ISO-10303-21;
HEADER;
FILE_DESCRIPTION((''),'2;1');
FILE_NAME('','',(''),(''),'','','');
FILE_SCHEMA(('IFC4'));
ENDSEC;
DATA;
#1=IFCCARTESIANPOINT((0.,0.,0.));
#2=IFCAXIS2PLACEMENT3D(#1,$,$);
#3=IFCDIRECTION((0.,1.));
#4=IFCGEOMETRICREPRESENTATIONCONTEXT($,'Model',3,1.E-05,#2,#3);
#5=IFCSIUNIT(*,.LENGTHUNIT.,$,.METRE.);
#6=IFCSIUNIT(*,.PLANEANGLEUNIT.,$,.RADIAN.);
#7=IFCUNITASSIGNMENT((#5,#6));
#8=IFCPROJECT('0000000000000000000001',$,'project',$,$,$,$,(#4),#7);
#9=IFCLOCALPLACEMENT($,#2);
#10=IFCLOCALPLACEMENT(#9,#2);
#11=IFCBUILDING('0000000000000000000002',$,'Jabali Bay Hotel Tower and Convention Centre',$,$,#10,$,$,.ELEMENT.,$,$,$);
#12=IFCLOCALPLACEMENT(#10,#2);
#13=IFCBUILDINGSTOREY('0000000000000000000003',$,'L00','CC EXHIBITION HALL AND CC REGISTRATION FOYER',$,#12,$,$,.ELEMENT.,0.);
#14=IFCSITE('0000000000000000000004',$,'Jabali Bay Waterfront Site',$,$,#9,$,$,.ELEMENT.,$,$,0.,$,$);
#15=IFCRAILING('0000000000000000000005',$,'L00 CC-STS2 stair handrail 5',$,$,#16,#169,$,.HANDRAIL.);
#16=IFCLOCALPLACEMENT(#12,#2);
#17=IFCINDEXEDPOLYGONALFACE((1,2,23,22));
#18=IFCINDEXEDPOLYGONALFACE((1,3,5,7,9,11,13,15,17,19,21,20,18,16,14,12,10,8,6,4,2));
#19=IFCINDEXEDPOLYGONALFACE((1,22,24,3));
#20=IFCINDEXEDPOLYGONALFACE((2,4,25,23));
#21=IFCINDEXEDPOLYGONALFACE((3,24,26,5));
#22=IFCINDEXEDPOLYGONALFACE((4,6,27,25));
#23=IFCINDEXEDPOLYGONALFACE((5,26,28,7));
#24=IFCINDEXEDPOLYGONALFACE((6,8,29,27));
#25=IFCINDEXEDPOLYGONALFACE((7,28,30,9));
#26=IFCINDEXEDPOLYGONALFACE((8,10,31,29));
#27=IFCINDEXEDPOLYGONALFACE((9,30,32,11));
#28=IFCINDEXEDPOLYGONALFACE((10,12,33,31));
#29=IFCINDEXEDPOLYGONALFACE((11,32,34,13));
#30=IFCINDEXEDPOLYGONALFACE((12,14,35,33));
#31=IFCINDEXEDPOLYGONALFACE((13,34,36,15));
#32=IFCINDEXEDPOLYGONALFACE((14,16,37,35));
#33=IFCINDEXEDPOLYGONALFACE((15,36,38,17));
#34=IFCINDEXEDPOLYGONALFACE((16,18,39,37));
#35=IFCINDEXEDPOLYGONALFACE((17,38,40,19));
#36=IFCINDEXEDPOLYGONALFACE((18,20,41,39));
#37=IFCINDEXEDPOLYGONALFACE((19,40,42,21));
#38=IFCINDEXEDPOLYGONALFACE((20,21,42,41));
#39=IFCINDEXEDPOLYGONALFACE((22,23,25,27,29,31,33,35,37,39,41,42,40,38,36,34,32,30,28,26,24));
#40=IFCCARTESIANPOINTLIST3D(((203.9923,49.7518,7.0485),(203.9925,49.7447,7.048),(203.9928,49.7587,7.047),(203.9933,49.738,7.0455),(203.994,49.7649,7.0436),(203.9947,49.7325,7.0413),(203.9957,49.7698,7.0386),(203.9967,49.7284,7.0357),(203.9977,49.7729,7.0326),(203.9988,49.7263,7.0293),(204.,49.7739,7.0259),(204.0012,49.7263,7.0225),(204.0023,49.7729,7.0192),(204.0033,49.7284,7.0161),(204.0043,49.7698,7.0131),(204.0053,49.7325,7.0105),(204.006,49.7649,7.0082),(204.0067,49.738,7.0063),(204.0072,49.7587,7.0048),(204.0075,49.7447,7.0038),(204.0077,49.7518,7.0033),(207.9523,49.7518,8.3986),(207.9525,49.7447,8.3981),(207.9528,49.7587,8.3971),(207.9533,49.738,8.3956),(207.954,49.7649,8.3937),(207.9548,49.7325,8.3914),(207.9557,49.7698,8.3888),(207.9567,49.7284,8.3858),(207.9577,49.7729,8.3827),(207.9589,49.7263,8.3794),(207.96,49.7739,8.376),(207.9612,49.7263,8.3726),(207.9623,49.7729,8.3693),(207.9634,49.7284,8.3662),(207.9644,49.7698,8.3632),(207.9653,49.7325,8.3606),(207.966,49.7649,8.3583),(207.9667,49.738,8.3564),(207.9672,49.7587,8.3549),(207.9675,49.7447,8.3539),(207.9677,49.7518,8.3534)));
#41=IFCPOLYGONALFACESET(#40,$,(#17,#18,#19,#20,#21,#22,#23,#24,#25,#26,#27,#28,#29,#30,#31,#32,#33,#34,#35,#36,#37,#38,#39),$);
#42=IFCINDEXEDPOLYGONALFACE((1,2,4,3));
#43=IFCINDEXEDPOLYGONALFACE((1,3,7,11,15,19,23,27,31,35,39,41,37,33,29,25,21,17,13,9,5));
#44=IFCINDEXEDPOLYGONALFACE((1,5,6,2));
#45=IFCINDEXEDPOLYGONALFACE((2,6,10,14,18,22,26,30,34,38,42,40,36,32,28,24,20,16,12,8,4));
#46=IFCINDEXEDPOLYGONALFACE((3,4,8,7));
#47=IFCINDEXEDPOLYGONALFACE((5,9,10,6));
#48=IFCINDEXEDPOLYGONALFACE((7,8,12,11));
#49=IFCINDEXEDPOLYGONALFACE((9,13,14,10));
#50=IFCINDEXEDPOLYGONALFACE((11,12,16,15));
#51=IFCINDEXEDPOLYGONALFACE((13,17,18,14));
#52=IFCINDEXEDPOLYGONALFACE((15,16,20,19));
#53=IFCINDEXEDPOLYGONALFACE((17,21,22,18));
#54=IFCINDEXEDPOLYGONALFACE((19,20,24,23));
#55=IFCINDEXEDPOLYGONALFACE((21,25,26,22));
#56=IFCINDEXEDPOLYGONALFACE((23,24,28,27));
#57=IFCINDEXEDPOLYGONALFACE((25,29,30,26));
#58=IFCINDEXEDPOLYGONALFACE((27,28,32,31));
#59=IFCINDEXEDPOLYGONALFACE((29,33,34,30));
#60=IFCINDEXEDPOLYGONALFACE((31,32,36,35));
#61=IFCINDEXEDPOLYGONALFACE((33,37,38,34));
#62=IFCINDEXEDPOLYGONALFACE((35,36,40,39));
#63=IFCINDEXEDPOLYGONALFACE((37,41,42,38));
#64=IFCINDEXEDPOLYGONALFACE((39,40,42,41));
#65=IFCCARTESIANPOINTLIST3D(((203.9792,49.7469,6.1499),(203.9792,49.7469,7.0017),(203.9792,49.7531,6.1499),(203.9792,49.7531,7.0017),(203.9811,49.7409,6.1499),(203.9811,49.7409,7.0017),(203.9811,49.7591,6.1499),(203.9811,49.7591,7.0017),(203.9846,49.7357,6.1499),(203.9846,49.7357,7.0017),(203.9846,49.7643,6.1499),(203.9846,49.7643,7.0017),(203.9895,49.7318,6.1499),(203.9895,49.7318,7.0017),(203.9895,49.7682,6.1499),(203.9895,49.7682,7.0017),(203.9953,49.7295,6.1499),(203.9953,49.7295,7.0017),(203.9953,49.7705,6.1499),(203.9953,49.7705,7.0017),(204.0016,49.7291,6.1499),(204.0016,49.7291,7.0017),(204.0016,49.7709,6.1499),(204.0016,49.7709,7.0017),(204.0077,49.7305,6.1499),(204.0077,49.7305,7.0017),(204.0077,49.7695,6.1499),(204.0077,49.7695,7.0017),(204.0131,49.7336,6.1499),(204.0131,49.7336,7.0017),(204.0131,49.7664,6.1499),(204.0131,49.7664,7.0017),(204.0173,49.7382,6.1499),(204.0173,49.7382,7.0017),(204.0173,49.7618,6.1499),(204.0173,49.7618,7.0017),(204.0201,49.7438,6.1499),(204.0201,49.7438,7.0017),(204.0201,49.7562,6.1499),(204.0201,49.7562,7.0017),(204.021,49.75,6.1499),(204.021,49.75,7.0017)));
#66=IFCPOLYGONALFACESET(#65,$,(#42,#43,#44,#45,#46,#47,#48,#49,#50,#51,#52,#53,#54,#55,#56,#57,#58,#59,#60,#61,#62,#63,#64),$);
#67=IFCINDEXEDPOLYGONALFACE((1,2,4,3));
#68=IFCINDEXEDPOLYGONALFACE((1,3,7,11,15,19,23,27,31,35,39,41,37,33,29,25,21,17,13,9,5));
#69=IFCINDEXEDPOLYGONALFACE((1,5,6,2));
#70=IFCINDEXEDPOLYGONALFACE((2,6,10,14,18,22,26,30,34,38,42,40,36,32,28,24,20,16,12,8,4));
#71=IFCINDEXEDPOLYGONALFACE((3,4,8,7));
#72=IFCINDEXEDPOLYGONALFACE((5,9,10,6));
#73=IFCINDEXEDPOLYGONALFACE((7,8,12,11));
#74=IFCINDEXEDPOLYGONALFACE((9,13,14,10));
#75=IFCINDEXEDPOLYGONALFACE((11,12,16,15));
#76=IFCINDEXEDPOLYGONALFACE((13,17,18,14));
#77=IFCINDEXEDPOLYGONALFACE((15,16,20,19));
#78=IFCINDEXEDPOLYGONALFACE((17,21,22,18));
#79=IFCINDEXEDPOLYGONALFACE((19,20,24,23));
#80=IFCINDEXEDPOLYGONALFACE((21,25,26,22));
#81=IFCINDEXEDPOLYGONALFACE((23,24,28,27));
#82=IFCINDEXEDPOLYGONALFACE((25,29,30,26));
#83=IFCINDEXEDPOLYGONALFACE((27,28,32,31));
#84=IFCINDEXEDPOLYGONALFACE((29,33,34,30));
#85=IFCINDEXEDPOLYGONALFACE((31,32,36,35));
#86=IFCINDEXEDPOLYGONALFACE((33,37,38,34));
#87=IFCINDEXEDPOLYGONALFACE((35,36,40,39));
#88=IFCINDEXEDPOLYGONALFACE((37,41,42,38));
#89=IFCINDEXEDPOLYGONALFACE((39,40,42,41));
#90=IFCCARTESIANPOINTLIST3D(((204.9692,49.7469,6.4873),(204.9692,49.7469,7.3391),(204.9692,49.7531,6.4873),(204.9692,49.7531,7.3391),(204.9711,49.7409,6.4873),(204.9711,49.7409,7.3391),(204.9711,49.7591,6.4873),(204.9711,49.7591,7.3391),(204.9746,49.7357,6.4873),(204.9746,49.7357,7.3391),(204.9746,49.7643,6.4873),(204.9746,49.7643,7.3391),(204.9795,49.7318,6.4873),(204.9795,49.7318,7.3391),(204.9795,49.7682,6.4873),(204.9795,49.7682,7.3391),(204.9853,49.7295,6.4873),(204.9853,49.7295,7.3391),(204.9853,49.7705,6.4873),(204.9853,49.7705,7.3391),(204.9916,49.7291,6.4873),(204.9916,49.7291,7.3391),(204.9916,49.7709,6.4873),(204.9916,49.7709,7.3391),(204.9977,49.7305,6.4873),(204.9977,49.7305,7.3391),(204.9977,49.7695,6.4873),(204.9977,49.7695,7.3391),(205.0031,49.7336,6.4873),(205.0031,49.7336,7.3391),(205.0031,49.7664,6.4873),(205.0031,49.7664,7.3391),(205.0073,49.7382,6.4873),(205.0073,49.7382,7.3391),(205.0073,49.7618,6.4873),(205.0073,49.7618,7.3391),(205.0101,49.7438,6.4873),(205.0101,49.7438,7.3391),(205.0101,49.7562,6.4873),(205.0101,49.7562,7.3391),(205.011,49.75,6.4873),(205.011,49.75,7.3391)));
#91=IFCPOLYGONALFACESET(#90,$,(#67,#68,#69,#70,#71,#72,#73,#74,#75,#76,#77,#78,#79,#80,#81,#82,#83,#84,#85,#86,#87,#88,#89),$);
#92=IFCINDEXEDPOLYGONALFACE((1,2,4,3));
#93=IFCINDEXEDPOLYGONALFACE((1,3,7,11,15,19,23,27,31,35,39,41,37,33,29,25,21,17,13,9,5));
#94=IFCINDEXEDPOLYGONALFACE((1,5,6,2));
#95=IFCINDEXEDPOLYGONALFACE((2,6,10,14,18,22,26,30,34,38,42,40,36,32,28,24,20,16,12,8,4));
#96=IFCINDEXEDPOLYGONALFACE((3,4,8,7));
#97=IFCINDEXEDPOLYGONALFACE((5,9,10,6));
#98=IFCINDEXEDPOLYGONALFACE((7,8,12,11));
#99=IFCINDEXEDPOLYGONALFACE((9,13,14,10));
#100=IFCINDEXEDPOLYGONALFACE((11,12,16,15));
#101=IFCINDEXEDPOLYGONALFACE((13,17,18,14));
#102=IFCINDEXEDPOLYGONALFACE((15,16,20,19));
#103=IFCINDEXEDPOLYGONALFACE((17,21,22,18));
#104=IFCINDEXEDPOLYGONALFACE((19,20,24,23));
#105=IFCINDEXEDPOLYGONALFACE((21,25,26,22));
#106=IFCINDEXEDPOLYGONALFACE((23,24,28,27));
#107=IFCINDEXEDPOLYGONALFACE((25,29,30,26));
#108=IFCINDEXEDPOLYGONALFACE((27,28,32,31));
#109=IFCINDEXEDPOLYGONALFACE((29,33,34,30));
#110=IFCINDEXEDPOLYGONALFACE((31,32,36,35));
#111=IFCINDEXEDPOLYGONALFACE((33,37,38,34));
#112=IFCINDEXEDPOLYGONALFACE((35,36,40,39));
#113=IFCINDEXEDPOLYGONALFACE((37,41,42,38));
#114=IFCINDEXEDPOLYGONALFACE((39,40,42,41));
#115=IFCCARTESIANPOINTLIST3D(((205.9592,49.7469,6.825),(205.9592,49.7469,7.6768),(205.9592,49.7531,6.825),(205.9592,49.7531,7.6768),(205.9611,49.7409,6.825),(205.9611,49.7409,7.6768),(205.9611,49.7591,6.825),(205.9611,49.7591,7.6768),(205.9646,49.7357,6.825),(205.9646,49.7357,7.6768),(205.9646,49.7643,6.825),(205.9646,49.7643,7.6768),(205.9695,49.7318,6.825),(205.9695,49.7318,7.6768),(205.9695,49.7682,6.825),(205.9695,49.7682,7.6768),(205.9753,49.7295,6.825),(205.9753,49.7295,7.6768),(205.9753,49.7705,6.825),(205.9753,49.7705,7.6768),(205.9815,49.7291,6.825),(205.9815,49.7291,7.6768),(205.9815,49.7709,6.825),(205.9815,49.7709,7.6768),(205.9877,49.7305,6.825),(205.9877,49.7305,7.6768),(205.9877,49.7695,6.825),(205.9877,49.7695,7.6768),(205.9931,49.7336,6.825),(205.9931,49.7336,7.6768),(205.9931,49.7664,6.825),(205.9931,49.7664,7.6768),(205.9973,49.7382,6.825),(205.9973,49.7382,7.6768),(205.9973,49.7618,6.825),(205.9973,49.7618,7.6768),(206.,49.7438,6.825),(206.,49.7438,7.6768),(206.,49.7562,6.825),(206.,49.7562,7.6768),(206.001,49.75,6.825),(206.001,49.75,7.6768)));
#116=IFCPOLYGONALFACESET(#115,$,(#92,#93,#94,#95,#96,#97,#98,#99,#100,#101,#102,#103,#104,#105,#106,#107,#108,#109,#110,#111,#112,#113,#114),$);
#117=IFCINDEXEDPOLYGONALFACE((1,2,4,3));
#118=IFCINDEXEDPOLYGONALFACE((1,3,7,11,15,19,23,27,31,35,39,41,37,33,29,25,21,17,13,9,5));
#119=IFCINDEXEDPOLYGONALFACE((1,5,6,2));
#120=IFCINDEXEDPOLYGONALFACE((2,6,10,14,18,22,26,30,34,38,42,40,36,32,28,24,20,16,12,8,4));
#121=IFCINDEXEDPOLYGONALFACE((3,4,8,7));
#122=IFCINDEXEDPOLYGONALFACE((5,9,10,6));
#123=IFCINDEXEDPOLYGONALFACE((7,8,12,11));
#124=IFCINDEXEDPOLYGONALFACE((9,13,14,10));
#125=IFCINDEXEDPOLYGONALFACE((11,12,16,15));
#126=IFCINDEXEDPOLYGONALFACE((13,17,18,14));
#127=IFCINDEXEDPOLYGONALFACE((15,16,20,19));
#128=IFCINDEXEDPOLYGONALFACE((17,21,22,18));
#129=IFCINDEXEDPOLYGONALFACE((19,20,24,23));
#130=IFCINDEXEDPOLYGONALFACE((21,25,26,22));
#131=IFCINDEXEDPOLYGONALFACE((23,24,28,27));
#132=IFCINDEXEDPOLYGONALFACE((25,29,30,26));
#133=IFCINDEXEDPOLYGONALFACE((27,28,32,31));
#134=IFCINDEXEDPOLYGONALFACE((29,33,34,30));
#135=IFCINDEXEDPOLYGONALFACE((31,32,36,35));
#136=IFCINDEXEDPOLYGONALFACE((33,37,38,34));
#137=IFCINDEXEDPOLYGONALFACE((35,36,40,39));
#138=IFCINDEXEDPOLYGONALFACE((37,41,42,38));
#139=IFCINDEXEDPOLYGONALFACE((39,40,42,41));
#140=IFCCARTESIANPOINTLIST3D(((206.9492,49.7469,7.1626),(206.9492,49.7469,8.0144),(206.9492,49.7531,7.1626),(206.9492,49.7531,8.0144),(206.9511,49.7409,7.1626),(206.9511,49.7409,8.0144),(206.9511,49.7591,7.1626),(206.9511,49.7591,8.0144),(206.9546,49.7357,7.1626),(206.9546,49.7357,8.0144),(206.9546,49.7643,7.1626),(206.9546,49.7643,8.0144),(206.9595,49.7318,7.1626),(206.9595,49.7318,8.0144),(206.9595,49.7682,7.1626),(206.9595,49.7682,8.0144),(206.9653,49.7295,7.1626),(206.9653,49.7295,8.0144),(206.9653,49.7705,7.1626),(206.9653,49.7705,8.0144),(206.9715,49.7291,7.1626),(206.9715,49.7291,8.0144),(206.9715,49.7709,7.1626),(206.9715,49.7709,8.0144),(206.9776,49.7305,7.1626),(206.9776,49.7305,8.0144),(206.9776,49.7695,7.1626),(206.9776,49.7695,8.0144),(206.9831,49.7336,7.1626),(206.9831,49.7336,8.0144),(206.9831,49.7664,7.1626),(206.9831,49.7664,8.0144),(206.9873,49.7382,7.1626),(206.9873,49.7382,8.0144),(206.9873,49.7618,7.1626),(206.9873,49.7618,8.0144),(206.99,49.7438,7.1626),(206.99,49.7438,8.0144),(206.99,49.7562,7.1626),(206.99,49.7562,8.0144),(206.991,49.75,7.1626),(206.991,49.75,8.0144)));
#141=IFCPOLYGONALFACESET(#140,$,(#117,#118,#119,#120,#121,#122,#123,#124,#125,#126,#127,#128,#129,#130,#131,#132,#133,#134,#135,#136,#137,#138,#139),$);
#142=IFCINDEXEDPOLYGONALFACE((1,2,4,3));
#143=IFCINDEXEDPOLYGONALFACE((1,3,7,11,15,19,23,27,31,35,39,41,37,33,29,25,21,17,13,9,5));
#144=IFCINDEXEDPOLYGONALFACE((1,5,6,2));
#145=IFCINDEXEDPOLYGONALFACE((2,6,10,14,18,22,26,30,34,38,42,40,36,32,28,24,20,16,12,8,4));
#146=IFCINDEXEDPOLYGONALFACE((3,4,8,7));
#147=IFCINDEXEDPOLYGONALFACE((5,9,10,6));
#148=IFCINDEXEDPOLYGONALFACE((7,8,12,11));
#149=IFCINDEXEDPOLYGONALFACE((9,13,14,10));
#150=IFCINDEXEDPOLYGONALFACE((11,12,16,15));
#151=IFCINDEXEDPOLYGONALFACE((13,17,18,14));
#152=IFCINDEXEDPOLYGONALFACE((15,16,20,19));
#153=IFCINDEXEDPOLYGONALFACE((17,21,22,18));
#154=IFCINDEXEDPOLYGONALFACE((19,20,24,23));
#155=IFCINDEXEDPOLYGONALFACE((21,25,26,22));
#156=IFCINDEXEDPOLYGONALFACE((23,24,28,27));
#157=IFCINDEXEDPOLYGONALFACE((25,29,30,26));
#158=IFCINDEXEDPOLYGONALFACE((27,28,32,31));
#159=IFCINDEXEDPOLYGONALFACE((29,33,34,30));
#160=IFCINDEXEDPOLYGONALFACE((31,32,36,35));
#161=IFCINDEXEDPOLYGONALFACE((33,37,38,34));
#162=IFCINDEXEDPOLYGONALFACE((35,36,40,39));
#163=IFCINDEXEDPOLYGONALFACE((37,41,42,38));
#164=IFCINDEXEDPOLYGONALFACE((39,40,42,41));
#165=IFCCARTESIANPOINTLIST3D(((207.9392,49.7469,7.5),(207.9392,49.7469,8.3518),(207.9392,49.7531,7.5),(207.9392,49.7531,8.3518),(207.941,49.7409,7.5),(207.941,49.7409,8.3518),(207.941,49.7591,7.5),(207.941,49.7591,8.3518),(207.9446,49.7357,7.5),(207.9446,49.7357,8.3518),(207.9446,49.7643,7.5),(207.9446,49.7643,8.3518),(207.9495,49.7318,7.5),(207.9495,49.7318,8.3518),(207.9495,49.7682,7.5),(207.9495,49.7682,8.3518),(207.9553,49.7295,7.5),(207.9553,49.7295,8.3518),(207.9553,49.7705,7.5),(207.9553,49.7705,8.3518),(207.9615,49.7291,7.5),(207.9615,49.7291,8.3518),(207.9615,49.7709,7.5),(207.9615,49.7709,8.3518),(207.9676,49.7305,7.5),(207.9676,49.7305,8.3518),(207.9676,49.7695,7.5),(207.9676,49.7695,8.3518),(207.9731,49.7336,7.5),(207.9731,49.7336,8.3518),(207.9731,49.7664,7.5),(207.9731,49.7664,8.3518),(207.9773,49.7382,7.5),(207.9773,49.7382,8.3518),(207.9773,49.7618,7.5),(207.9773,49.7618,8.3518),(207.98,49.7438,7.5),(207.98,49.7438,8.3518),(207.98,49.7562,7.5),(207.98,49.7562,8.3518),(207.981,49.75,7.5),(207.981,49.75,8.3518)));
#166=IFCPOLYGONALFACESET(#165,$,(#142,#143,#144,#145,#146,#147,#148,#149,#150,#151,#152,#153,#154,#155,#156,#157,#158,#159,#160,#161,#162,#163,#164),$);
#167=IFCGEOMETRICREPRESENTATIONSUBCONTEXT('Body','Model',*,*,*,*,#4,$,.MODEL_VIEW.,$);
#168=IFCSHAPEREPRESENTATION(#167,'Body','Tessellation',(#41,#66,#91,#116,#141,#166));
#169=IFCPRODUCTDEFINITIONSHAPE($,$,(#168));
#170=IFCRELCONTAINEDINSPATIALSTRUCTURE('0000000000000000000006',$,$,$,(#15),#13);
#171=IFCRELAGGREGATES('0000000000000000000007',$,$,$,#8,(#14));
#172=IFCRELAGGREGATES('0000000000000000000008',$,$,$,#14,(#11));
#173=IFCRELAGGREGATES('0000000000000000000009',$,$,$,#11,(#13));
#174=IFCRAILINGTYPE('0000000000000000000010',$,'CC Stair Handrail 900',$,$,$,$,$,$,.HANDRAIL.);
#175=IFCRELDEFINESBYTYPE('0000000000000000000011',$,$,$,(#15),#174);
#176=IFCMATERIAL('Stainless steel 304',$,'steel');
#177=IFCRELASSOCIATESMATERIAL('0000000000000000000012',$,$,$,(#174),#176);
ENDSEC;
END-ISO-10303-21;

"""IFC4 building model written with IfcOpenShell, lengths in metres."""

from ifc_helpers import new_model, si_unit, direction, frame, origin, origin_2d, place, context, subcontext, project, spatial, circle, extrude, material, type_object, element, save


model = new_model("IFC4")

# Units and contexts
model_context = context("Model", 3, precision=1e-05, world=origin(), true_north=direction((0.0, 1.0)))
body_context = subcontext(model_context, "Body", "Model", "MODEL_VIEW")
ifc_project = project(units=[si_unit("LENGTHUNIT", "METRE"), si_unit("PLANEANGLEUNIT", "RADIAN")], contexts=[model_context])

# Site, building, storey
site_placement = place(None, origin())
site = spatial("IfcSite", under=ifc_project, at=site_placement, Name="Jabali Bay Waterfront Site", CompositionType="ELEMENT", RefElevation=0.0)
building_placement = place(site_placement, origin())
building = spatial("IfcBuilding", under=site, at=building_placement, Name="Jabali Bay Hotel Tower and Convention Centre", CompositionType="ELEMENT")
storey_placement = place(building_placement, origin())
storey = spatial("IfcBuildingStorey", under=building, at=storey_placement, Name="L00", Description="CC EXHIBITION HALL AND CC REGISTRATION FOYER", CompositionType="ELEMENT", Elevation=0.0)

# Railing
ifc_material_1 = material(Name="Stainless steel 304", Category="steel")
railing_type_1 = type_object("IfcRailingType", Name="CC Stair Handrail 900", PredefinedType="HANDRAIL", material=ifc_material_1)
railing_1_placement = place(storey_placement, frame((204.0, 49.75, 6.1499)))
element("IfcRailing", 1, at=railing_1_placement, inside=storey, type_object=railing_type_1, Name="L00 CC-STS2 stair handrail 5", PredefinedType="HANDRAIL", context=body_context, shape_type="SweptSolid", body=[
    extrude(circle(Radius=0.0239, at=origin_2d()), frame((0.0, 0.0, 0.876), z_axis=(0.946502, 0.0, 0.322698), x_axis=(0.0, 1.0, 0.0)), (0.0, 0.0, 1.0), 4.1838),
    extrude(circle(Radius=0.021, at=origin_2d()), origin(), (0.0, 0.0, 1.0), 0.8518),
    extrude(circle(Radius=0.021, at=origin_2d()), frame((0.99, 0.0, 0.3374)), (0.0, 0.0, 1.0), 0.8518),
    extrude(circle(Radius=0.021, at=origin_2d()), frame((1.98, 0.0, 0.675)), (0.0, 0.0, 1.0), 0.8518),
    extrude(circle(Radius=0.021, at=origin_2d()), frame((2.97, 0.0, 1.0127)), (0.0, 0.0, 1.0), 0.8518),
    extrude(circle(Radius=0.021, at=origin_2d()), frame((3.96, 0.0, 1.3501)), (0.0, 0.0, 1.0), 0.8518),
])

save(model, "model.ifc")
